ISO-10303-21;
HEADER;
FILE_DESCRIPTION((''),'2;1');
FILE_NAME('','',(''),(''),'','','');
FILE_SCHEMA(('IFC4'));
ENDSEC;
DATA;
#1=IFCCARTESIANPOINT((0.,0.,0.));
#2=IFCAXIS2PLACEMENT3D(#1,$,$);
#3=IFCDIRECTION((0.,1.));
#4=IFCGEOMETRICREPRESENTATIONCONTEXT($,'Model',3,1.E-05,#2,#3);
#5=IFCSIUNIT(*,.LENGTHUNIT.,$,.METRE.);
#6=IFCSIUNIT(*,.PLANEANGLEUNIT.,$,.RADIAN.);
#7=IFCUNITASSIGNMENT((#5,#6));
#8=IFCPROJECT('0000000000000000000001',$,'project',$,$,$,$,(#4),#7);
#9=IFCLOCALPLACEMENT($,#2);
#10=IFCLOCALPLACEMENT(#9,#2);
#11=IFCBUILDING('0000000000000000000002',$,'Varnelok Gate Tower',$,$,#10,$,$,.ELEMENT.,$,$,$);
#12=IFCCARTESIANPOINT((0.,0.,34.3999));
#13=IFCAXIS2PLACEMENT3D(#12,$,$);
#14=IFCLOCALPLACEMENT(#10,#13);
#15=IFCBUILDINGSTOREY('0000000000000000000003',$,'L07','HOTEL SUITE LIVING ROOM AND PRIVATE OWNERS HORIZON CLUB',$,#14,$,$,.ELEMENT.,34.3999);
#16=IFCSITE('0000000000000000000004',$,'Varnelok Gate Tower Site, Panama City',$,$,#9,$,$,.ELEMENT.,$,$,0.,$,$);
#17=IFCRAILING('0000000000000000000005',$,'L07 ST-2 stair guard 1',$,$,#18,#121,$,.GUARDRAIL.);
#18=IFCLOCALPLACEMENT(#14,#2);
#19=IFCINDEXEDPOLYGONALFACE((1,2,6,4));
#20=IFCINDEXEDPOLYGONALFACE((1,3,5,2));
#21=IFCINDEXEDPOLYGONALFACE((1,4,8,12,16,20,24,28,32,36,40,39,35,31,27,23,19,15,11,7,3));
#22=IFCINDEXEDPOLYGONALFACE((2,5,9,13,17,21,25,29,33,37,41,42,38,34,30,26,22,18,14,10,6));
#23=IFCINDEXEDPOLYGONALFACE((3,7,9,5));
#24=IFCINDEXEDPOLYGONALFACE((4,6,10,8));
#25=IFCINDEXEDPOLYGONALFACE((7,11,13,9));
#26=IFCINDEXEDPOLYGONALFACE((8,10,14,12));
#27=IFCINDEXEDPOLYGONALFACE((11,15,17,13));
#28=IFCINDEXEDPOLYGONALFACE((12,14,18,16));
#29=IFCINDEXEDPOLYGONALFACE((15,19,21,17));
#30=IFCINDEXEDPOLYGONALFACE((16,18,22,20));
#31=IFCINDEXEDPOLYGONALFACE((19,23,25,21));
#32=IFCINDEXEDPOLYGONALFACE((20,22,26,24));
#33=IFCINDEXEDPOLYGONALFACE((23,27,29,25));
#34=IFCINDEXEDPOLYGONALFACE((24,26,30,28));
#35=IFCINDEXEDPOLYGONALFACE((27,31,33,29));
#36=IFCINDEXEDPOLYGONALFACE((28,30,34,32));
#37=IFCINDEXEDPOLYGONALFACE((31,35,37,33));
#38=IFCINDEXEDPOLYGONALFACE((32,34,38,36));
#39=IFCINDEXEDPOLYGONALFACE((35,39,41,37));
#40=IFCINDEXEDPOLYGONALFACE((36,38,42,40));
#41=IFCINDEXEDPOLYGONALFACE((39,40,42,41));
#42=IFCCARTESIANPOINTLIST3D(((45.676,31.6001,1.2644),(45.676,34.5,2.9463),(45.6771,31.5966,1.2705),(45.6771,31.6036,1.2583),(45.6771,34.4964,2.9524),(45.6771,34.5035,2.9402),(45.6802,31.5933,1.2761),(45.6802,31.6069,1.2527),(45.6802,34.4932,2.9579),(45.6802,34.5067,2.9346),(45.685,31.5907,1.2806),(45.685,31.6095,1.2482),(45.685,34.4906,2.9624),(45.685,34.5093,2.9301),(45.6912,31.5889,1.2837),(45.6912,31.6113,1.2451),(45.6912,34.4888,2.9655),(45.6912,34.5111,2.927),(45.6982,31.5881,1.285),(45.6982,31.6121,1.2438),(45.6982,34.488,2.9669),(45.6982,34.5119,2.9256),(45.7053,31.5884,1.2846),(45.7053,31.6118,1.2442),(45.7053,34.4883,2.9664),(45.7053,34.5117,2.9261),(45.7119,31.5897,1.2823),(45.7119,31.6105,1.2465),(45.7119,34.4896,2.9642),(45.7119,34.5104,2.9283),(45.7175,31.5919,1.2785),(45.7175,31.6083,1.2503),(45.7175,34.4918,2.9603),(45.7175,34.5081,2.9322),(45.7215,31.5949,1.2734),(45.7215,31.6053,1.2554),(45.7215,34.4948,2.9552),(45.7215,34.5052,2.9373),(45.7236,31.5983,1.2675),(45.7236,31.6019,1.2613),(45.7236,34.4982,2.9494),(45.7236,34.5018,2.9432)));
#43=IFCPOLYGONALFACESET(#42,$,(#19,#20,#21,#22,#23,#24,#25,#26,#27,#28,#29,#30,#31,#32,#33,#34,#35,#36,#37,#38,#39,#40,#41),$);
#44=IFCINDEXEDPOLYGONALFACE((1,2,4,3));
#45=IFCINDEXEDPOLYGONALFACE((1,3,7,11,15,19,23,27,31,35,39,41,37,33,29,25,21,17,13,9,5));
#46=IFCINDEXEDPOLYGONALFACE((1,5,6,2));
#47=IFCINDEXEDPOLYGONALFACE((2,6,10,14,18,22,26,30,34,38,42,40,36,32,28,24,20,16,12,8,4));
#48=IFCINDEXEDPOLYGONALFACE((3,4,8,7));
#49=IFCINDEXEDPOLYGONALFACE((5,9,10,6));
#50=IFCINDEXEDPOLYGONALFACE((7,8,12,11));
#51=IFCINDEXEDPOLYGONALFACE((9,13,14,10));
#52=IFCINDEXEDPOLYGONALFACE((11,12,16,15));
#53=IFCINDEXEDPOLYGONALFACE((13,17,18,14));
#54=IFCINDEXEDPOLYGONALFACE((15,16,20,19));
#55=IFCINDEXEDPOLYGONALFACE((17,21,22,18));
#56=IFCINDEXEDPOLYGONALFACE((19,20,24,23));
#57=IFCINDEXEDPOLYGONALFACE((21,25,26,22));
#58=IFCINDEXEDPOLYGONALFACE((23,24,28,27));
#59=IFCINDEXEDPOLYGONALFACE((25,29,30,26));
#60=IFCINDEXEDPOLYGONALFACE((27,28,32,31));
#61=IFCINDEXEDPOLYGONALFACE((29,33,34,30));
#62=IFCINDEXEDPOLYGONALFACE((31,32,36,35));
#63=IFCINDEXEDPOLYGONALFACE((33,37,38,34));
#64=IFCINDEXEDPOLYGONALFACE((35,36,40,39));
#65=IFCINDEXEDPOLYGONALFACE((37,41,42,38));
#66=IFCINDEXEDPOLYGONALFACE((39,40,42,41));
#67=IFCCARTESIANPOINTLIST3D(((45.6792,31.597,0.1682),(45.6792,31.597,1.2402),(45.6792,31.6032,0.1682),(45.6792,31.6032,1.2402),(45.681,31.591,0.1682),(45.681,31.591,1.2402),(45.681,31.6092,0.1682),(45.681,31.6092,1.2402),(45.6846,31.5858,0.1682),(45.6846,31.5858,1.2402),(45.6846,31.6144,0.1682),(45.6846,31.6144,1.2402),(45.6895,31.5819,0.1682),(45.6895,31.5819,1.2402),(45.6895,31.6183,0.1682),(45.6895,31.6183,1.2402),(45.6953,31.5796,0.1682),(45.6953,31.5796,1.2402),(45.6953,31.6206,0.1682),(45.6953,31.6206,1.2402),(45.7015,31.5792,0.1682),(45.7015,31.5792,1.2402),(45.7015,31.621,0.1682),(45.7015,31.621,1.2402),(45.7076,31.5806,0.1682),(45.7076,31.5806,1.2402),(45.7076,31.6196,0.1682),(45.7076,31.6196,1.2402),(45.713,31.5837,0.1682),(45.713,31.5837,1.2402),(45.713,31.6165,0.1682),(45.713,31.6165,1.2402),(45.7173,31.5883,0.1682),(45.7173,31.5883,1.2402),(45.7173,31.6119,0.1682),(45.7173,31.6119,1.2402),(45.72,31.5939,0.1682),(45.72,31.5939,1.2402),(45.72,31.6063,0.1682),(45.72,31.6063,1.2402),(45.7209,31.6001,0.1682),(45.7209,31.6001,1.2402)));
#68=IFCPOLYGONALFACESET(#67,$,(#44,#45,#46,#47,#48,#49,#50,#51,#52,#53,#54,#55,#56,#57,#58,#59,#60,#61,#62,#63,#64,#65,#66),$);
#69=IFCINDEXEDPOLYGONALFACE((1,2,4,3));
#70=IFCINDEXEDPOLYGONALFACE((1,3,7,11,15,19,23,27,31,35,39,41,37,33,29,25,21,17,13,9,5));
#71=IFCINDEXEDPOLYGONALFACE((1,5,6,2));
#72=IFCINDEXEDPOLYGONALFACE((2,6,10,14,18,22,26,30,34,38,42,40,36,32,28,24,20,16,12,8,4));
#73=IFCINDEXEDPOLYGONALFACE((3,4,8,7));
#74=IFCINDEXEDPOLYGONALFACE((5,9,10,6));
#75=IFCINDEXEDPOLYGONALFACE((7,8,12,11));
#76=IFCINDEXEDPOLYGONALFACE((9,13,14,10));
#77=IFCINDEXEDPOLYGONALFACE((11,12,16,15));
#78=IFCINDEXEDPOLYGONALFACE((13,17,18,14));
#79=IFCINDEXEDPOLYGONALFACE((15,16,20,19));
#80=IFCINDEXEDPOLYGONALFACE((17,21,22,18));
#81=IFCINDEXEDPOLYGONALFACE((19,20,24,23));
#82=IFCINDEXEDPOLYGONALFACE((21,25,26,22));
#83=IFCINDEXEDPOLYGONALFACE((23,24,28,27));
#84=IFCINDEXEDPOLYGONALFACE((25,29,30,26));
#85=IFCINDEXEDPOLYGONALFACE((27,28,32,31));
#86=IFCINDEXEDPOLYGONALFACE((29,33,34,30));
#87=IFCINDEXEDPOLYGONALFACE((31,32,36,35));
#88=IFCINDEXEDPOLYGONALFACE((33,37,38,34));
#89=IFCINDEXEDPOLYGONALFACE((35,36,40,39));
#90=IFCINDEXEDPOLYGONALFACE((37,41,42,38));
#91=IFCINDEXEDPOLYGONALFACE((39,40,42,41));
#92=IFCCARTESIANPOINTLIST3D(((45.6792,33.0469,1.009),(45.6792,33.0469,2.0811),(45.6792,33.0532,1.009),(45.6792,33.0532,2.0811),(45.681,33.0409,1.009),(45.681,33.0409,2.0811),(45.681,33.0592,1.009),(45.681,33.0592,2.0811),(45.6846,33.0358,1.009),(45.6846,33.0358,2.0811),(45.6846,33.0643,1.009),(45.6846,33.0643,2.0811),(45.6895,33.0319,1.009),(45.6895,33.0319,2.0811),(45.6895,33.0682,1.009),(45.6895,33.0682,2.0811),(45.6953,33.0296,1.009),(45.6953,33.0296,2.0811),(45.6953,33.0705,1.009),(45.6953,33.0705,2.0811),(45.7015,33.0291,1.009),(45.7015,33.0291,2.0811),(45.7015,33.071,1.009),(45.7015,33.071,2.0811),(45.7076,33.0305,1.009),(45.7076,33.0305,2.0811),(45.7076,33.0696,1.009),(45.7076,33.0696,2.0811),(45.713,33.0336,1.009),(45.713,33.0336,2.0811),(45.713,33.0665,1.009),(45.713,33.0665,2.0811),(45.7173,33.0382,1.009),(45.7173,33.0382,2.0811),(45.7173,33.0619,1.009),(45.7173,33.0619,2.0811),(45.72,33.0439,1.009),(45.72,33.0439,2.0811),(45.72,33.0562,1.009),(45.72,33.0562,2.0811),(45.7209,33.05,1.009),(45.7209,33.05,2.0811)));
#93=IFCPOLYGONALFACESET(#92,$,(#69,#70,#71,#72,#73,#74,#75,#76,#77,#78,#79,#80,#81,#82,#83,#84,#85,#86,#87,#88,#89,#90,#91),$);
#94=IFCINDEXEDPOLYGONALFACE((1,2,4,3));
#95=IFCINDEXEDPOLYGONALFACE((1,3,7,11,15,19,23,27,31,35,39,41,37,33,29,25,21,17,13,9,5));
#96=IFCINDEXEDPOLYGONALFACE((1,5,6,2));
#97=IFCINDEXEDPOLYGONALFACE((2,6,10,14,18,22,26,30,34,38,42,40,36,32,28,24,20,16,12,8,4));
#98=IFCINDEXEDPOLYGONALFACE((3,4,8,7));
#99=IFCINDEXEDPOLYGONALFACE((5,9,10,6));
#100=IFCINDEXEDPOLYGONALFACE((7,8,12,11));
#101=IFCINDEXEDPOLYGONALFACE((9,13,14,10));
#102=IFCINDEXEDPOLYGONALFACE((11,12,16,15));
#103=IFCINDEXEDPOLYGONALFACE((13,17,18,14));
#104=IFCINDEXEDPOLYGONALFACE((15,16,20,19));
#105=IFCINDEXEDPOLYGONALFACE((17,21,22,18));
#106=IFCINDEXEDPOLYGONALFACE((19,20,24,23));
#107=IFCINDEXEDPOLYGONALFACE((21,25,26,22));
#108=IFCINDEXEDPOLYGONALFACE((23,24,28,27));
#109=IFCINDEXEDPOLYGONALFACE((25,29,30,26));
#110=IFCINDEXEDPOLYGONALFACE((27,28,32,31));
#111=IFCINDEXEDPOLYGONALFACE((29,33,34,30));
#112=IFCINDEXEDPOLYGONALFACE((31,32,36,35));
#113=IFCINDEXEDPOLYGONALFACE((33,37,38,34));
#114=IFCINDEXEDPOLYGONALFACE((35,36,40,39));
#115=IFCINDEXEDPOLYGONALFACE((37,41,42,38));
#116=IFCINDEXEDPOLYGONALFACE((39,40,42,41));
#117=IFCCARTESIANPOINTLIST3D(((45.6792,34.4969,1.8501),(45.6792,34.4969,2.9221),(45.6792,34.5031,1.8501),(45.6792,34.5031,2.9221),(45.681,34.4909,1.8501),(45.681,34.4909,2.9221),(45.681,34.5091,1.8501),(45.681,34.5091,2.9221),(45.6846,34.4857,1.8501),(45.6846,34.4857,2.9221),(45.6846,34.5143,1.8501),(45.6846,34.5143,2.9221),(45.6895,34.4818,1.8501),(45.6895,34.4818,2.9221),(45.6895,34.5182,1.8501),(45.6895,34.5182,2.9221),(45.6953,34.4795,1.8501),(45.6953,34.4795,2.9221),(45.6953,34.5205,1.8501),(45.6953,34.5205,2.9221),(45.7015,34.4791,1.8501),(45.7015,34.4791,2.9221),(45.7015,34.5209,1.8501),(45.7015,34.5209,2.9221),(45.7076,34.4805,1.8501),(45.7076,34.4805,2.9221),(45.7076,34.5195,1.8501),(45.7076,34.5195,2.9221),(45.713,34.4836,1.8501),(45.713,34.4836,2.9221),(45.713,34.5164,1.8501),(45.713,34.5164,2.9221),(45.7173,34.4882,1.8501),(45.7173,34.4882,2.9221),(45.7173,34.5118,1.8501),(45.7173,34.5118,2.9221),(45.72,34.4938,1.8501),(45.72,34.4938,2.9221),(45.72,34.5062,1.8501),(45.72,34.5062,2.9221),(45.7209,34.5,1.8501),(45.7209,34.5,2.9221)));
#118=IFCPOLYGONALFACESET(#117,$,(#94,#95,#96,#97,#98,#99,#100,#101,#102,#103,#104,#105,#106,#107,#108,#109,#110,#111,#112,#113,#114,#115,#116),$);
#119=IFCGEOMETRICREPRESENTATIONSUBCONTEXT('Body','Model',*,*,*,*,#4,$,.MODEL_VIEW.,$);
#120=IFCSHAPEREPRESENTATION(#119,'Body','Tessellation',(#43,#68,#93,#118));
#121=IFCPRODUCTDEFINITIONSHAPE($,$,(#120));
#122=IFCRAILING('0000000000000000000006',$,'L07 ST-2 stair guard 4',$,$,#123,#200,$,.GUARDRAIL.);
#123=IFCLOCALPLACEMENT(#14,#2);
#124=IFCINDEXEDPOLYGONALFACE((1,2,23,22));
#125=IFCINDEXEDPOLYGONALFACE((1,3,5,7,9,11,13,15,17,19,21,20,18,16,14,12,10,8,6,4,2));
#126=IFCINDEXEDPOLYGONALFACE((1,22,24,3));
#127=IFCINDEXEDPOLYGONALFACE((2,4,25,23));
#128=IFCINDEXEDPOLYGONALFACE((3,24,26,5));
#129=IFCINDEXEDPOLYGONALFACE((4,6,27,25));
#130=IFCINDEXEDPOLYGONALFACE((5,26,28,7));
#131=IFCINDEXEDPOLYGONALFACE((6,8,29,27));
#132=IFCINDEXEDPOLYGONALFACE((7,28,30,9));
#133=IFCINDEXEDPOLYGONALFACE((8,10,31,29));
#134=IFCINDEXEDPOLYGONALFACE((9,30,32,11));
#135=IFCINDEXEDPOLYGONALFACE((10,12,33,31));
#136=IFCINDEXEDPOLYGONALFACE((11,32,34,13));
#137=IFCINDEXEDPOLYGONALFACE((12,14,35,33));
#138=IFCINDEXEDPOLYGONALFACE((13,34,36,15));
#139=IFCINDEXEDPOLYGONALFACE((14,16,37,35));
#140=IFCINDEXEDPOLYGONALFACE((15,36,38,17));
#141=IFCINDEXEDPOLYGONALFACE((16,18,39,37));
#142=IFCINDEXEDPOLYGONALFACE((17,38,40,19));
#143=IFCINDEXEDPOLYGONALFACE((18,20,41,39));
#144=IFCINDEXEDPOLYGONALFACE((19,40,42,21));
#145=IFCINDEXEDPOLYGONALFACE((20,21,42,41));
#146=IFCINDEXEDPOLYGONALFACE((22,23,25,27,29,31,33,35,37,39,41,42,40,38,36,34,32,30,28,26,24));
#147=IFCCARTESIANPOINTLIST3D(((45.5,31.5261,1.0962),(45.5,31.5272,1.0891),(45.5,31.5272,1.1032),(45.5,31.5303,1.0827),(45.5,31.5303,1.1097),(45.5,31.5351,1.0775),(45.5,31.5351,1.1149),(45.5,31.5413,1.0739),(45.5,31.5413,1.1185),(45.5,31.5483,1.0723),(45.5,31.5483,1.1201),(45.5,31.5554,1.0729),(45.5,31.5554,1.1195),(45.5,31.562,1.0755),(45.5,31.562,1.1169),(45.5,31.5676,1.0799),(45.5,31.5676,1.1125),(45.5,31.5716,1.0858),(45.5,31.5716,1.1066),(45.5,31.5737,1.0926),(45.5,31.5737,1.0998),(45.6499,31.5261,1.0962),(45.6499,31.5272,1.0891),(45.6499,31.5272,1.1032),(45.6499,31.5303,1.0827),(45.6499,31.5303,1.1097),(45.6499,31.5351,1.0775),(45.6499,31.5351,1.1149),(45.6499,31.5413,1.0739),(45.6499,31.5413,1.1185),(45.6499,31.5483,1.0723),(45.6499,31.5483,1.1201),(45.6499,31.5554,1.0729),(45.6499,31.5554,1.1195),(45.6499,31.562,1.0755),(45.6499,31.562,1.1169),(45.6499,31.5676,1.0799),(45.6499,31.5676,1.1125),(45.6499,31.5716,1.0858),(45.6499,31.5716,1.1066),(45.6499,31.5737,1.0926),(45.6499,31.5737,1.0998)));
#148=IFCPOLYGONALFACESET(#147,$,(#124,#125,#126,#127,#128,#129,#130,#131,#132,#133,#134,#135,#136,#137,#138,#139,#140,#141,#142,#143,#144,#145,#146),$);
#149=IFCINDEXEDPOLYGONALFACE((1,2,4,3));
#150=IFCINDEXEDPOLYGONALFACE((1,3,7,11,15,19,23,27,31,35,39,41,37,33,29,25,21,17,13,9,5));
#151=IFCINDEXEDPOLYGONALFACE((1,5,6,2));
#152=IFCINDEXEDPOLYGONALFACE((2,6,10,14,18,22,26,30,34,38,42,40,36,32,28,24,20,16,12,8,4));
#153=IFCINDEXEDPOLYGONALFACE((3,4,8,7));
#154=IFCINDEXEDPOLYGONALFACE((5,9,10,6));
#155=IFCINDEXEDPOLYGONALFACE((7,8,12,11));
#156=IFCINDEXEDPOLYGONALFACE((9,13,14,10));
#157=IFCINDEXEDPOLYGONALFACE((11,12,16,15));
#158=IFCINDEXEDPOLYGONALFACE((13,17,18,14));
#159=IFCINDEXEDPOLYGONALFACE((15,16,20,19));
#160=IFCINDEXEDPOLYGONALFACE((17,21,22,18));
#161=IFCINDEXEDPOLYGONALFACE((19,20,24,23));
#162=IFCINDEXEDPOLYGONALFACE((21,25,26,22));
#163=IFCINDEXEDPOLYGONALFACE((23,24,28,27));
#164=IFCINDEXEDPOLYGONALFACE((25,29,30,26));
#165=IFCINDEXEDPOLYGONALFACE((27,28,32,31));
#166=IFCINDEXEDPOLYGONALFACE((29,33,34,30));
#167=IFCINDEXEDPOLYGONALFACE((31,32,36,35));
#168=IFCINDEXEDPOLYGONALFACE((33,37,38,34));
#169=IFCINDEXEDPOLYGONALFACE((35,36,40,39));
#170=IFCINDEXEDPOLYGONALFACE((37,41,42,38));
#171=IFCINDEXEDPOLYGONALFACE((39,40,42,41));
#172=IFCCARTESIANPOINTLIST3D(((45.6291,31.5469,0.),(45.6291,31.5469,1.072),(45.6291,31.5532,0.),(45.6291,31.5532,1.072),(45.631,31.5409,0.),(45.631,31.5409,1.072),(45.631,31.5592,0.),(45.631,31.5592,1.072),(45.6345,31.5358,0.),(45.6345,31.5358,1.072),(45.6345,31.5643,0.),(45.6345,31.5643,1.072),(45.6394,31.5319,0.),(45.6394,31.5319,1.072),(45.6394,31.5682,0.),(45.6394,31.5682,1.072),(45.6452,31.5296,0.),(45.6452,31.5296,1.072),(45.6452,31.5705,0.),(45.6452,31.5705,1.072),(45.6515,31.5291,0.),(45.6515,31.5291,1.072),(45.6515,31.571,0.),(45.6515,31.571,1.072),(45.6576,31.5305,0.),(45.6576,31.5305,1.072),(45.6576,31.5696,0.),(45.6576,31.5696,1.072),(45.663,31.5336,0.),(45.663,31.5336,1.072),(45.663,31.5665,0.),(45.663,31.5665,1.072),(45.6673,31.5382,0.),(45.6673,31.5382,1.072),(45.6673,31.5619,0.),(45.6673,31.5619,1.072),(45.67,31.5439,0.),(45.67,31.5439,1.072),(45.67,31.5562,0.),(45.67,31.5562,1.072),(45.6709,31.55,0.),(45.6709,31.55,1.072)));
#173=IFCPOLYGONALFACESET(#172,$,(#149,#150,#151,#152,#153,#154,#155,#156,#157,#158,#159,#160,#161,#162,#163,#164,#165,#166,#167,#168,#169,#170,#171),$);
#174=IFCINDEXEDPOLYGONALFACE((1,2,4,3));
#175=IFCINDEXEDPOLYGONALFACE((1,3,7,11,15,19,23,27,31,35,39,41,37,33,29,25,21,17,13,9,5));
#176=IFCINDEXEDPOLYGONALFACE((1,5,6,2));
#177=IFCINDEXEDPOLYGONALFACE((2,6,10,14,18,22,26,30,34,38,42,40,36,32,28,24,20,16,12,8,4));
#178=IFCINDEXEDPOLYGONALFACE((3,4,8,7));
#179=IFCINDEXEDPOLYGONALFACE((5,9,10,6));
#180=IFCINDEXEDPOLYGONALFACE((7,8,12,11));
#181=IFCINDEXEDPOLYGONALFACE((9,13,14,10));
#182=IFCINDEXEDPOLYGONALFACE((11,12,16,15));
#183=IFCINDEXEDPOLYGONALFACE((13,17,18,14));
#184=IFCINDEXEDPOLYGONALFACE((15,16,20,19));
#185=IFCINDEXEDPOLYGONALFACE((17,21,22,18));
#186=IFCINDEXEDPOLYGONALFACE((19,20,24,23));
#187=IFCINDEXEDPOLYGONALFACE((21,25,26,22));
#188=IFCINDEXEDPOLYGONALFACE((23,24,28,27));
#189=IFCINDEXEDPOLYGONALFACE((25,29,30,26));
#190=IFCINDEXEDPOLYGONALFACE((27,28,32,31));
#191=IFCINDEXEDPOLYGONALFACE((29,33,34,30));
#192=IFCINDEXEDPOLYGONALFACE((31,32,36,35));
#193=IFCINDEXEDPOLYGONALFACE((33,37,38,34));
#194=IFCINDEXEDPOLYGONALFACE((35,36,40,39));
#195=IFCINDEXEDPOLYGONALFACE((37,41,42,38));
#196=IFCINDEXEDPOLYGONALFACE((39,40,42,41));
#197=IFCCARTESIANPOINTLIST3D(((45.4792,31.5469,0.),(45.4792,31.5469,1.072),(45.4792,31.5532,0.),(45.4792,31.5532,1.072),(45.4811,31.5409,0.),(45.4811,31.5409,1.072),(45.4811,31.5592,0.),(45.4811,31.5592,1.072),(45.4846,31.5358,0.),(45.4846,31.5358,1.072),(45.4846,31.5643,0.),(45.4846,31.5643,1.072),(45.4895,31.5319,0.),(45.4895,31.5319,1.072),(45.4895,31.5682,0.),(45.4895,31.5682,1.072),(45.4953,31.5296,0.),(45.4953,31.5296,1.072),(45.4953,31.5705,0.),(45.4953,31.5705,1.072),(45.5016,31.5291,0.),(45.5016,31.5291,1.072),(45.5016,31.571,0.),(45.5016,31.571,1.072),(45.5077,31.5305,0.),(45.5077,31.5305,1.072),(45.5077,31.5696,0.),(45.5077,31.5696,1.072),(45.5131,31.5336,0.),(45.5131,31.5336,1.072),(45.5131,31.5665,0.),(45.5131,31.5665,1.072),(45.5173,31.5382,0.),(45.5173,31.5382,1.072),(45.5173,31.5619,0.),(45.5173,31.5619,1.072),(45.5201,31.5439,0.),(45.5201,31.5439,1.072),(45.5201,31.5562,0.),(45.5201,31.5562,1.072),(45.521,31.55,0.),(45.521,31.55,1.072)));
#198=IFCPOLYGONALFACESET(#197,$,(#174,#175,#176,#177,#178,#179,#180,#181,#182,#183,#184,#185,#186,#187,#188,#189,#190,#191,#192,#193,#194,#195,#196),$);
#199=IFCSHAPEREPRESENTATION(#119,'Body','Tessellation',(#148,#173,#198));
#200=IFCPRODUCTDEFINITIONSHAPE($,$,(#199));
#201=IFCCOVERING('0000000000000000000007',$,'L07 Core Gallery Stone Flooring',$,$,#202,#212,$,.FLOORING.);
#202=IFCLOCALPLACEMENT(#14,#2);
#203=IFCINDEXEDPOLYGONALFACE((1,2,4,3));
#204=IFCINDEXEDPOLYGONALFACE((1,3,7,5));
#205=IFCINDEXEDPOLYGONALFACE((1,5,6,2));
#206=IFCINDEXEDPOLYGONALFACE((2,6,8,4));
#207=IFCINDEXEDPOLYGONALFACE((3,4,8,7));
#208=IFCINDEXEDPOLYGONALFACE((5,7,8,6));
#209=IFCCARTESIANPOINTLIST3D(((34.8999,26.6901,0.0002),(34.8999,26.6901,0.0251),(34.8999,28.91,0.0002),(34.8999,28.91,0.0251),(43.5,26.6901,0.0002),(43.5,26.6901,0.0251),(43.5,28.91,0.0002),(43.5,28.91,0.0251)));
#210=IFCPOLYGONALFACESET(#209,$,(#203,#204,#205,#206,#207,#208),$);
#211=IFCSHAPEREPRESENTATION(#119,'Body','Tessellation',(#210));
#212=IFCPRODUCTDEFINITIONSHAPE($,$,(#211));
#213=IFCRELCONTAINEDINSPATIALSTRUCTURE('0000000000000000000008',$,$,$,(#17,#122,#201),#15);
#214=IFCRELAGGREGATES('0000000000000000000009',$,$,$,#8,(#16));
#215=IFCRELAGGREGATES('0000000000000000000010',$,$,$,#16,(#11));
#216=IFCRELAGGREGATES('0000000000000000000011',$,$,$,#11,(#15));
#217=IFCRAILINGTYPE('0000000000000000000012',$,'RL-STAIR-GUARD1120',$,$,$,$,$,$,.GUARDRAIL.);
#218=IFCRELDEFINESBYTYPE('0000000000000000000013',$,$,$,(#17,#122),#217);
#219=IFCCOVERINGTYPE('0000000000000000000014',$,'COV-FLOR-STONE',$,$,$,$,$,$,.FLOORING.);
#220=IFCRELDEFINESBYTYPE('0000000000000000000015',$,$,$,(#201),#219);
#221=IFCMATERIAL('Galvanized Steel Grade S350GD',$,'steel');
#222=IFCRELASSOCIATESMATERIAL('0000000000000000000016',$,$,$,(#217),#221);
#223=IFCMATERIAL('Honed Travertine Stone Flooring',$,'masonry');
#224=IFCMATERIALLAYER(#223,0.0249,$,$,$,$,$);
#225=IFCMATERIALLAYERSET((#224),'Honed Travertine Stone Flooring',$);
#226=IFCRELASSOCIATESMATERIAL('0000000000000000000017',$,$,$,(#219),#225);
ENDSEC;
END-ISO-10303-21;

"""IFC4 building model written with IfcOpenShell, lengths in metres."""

from ifc_helpers import new_model, si_unit, direction, frame, origin, origin_2d, place, context, subcontext, project, spatial, rectangle, circle, extrude, source, transform, mapped, material, layer, layer_set, type_object, element, save


model = new_model("IFC4")

# Units and contexts
model_context = context("Model", 3, precision=1e-05, world=origin(), true_north=direction((0.0, 1.0)))
body_context = subcontext(model_context, "Body", "Model", "MODEL_VIEW")
ifc_project = project(units=[si_unit("LENGTHUNIT", "METRE"), si_unit("PLANEANGLEUNIT", "RADIAN")], contexts=[model_context])

# Site, building, storey
site_placement = place(None, origin())
site = spatial("IfcSite", under=ifc_project, at=site_placement, Name="Varnelok Gate Tower Site, Panama City", CompositionType="ELEMENT", RefElevation=0.0)
building_placement = place(site_placement, origin())
building = spatial("IfcBuilding", under=site, at=building_placement, Name="Varnelok Gate Tower", CompositionType="ELEMENT")
storey_placement = place(building_placement, frame((0.0, 0.0, 34.3999)))
storey = spatial("IfcBuildingStorey", under=building, at=storey_placement, Name="L07", Description="HOTEL SUITE LIVING ROOM AND PRIVATE OWNERS HORIZON CLUB", CompositionType="ELEMENT", Elevation=34.3999)

# Shared definitions
ifc_material_1 = material(Name="Galvanized Steel Grade S350GD", Category="steel")

# Railings
railing_type_1 = type_object("IfcRailingType", Name="RL-STAIR-GUARD1120", PredefinedType="GUARDRAIL", material=ifc_material_1)
railing_1_placement = place(storey_placement, frame((45.7, 31.6001, 0.1682)))
element("IfcRailing", 1, at=railing_1_placement, inside=storey, type_object=railing_type_1, Name="L07 ST-2 stair guard 1", PredefinedType="GUARDRAIL", context=body_context, shape_type="SweptSolid", body=[
    extrude(circle(Radius=0.0239, at=origin_2d()), frame((0.0, 0.0, 1.0962), z_axis=(0.0, 0.865039, 0.501705), x_axis=(-1.0, 0.0, 0.0)), (0.0, 0.0, 1.0), 3.3523),
    extrude(circle(Radius=0.021, at=origin_2d()), origin(), (0.0, 0.0, 1.0), 1.072),
    extrude(circle(Radius=0.021, at=origin_2d()), frame((0.0, 1.45, 0.8408)), (0.0, 0.0, 1.0), 1.072),
    extrude(circle(Radius=0.021, at=origin_2d()), frame((0.0, 2.8999, 1.6819)), (0.0, 0.0, 1.0), 1.072),
])
railing_2_placement = place(storey_placement, frame((45.6499, 31.55, 0.0)))
element("IfcRailing", 2, at=railing_2_placement, inside=storey, type_object=railing_type_1, Name="L07 ST-2 stair guard 4", PredefinedType="GUARDRAIL", context=body_context, shape_type="SweptSolid", body=[
    extrude(circle(Radius=0.0239, at=origin_2d()), frame((0.0, 0.0, 1.0962), z_axis=(-1.0, 0.0, 0.0), x_axis=(0.0, -1.0, 0.0)), (0.0, 0.0, 1.0), 0.1499),
    extrude(circle(Radius=0.021, at=origin_2d()), origin(), (0.0, 0.0, 1.0), 1.072),
    extrude(circle(Radius=0.021, at=origin_2d()), frame((-0.1499, 0.0, 0.0)), (0.0, 0.0, 1.0), 1.072),
])

# Covering
ifc_material_2 = material(Name="Honed Travertine Stone Flooring", Category="masonry")
ifc_layer_1 = layer(ifc_material_2, 0.0249)
ifc_layer_set_1 = layer_set([ifc_layer_1], Name="Honed Travertine Stone Flooring")
covering_type_1 = type_object("IfcCoveringType", Name="COV-FLOR-STONE", PredefinedType="FLOORING", material=ifc_layer_set_1)
shared_shape_1 = source(origin(), body_context, "Body", "SweptSolid", [
    extrude(rectangle(XDim=8.6001, YDim=2.22, at=origin_2d()), origin(), (0.0, 0.0, 1.0), 0.0249),
])
covering_1_placement = place(storey_placement, frame((39.2, 27.8, 0.0002), z_axis=(0.0, 0.0, 1.0), x_axis=(1.0, 0.0, 0.0)))
element("IfcCovering", 3, at=covering_1_placement, inside=storey, type_object=covering_type_1, Name="L07 Core Gallery Stone Flooring", PredefinedType="FLOORING", context=body_context, shape_type="MappedRepresentation", body=[
    mapped(shared_shape_1, transform((0.0, 0.0, 0.0), scale=1.0)),
])

save(model, "model.ifc")
